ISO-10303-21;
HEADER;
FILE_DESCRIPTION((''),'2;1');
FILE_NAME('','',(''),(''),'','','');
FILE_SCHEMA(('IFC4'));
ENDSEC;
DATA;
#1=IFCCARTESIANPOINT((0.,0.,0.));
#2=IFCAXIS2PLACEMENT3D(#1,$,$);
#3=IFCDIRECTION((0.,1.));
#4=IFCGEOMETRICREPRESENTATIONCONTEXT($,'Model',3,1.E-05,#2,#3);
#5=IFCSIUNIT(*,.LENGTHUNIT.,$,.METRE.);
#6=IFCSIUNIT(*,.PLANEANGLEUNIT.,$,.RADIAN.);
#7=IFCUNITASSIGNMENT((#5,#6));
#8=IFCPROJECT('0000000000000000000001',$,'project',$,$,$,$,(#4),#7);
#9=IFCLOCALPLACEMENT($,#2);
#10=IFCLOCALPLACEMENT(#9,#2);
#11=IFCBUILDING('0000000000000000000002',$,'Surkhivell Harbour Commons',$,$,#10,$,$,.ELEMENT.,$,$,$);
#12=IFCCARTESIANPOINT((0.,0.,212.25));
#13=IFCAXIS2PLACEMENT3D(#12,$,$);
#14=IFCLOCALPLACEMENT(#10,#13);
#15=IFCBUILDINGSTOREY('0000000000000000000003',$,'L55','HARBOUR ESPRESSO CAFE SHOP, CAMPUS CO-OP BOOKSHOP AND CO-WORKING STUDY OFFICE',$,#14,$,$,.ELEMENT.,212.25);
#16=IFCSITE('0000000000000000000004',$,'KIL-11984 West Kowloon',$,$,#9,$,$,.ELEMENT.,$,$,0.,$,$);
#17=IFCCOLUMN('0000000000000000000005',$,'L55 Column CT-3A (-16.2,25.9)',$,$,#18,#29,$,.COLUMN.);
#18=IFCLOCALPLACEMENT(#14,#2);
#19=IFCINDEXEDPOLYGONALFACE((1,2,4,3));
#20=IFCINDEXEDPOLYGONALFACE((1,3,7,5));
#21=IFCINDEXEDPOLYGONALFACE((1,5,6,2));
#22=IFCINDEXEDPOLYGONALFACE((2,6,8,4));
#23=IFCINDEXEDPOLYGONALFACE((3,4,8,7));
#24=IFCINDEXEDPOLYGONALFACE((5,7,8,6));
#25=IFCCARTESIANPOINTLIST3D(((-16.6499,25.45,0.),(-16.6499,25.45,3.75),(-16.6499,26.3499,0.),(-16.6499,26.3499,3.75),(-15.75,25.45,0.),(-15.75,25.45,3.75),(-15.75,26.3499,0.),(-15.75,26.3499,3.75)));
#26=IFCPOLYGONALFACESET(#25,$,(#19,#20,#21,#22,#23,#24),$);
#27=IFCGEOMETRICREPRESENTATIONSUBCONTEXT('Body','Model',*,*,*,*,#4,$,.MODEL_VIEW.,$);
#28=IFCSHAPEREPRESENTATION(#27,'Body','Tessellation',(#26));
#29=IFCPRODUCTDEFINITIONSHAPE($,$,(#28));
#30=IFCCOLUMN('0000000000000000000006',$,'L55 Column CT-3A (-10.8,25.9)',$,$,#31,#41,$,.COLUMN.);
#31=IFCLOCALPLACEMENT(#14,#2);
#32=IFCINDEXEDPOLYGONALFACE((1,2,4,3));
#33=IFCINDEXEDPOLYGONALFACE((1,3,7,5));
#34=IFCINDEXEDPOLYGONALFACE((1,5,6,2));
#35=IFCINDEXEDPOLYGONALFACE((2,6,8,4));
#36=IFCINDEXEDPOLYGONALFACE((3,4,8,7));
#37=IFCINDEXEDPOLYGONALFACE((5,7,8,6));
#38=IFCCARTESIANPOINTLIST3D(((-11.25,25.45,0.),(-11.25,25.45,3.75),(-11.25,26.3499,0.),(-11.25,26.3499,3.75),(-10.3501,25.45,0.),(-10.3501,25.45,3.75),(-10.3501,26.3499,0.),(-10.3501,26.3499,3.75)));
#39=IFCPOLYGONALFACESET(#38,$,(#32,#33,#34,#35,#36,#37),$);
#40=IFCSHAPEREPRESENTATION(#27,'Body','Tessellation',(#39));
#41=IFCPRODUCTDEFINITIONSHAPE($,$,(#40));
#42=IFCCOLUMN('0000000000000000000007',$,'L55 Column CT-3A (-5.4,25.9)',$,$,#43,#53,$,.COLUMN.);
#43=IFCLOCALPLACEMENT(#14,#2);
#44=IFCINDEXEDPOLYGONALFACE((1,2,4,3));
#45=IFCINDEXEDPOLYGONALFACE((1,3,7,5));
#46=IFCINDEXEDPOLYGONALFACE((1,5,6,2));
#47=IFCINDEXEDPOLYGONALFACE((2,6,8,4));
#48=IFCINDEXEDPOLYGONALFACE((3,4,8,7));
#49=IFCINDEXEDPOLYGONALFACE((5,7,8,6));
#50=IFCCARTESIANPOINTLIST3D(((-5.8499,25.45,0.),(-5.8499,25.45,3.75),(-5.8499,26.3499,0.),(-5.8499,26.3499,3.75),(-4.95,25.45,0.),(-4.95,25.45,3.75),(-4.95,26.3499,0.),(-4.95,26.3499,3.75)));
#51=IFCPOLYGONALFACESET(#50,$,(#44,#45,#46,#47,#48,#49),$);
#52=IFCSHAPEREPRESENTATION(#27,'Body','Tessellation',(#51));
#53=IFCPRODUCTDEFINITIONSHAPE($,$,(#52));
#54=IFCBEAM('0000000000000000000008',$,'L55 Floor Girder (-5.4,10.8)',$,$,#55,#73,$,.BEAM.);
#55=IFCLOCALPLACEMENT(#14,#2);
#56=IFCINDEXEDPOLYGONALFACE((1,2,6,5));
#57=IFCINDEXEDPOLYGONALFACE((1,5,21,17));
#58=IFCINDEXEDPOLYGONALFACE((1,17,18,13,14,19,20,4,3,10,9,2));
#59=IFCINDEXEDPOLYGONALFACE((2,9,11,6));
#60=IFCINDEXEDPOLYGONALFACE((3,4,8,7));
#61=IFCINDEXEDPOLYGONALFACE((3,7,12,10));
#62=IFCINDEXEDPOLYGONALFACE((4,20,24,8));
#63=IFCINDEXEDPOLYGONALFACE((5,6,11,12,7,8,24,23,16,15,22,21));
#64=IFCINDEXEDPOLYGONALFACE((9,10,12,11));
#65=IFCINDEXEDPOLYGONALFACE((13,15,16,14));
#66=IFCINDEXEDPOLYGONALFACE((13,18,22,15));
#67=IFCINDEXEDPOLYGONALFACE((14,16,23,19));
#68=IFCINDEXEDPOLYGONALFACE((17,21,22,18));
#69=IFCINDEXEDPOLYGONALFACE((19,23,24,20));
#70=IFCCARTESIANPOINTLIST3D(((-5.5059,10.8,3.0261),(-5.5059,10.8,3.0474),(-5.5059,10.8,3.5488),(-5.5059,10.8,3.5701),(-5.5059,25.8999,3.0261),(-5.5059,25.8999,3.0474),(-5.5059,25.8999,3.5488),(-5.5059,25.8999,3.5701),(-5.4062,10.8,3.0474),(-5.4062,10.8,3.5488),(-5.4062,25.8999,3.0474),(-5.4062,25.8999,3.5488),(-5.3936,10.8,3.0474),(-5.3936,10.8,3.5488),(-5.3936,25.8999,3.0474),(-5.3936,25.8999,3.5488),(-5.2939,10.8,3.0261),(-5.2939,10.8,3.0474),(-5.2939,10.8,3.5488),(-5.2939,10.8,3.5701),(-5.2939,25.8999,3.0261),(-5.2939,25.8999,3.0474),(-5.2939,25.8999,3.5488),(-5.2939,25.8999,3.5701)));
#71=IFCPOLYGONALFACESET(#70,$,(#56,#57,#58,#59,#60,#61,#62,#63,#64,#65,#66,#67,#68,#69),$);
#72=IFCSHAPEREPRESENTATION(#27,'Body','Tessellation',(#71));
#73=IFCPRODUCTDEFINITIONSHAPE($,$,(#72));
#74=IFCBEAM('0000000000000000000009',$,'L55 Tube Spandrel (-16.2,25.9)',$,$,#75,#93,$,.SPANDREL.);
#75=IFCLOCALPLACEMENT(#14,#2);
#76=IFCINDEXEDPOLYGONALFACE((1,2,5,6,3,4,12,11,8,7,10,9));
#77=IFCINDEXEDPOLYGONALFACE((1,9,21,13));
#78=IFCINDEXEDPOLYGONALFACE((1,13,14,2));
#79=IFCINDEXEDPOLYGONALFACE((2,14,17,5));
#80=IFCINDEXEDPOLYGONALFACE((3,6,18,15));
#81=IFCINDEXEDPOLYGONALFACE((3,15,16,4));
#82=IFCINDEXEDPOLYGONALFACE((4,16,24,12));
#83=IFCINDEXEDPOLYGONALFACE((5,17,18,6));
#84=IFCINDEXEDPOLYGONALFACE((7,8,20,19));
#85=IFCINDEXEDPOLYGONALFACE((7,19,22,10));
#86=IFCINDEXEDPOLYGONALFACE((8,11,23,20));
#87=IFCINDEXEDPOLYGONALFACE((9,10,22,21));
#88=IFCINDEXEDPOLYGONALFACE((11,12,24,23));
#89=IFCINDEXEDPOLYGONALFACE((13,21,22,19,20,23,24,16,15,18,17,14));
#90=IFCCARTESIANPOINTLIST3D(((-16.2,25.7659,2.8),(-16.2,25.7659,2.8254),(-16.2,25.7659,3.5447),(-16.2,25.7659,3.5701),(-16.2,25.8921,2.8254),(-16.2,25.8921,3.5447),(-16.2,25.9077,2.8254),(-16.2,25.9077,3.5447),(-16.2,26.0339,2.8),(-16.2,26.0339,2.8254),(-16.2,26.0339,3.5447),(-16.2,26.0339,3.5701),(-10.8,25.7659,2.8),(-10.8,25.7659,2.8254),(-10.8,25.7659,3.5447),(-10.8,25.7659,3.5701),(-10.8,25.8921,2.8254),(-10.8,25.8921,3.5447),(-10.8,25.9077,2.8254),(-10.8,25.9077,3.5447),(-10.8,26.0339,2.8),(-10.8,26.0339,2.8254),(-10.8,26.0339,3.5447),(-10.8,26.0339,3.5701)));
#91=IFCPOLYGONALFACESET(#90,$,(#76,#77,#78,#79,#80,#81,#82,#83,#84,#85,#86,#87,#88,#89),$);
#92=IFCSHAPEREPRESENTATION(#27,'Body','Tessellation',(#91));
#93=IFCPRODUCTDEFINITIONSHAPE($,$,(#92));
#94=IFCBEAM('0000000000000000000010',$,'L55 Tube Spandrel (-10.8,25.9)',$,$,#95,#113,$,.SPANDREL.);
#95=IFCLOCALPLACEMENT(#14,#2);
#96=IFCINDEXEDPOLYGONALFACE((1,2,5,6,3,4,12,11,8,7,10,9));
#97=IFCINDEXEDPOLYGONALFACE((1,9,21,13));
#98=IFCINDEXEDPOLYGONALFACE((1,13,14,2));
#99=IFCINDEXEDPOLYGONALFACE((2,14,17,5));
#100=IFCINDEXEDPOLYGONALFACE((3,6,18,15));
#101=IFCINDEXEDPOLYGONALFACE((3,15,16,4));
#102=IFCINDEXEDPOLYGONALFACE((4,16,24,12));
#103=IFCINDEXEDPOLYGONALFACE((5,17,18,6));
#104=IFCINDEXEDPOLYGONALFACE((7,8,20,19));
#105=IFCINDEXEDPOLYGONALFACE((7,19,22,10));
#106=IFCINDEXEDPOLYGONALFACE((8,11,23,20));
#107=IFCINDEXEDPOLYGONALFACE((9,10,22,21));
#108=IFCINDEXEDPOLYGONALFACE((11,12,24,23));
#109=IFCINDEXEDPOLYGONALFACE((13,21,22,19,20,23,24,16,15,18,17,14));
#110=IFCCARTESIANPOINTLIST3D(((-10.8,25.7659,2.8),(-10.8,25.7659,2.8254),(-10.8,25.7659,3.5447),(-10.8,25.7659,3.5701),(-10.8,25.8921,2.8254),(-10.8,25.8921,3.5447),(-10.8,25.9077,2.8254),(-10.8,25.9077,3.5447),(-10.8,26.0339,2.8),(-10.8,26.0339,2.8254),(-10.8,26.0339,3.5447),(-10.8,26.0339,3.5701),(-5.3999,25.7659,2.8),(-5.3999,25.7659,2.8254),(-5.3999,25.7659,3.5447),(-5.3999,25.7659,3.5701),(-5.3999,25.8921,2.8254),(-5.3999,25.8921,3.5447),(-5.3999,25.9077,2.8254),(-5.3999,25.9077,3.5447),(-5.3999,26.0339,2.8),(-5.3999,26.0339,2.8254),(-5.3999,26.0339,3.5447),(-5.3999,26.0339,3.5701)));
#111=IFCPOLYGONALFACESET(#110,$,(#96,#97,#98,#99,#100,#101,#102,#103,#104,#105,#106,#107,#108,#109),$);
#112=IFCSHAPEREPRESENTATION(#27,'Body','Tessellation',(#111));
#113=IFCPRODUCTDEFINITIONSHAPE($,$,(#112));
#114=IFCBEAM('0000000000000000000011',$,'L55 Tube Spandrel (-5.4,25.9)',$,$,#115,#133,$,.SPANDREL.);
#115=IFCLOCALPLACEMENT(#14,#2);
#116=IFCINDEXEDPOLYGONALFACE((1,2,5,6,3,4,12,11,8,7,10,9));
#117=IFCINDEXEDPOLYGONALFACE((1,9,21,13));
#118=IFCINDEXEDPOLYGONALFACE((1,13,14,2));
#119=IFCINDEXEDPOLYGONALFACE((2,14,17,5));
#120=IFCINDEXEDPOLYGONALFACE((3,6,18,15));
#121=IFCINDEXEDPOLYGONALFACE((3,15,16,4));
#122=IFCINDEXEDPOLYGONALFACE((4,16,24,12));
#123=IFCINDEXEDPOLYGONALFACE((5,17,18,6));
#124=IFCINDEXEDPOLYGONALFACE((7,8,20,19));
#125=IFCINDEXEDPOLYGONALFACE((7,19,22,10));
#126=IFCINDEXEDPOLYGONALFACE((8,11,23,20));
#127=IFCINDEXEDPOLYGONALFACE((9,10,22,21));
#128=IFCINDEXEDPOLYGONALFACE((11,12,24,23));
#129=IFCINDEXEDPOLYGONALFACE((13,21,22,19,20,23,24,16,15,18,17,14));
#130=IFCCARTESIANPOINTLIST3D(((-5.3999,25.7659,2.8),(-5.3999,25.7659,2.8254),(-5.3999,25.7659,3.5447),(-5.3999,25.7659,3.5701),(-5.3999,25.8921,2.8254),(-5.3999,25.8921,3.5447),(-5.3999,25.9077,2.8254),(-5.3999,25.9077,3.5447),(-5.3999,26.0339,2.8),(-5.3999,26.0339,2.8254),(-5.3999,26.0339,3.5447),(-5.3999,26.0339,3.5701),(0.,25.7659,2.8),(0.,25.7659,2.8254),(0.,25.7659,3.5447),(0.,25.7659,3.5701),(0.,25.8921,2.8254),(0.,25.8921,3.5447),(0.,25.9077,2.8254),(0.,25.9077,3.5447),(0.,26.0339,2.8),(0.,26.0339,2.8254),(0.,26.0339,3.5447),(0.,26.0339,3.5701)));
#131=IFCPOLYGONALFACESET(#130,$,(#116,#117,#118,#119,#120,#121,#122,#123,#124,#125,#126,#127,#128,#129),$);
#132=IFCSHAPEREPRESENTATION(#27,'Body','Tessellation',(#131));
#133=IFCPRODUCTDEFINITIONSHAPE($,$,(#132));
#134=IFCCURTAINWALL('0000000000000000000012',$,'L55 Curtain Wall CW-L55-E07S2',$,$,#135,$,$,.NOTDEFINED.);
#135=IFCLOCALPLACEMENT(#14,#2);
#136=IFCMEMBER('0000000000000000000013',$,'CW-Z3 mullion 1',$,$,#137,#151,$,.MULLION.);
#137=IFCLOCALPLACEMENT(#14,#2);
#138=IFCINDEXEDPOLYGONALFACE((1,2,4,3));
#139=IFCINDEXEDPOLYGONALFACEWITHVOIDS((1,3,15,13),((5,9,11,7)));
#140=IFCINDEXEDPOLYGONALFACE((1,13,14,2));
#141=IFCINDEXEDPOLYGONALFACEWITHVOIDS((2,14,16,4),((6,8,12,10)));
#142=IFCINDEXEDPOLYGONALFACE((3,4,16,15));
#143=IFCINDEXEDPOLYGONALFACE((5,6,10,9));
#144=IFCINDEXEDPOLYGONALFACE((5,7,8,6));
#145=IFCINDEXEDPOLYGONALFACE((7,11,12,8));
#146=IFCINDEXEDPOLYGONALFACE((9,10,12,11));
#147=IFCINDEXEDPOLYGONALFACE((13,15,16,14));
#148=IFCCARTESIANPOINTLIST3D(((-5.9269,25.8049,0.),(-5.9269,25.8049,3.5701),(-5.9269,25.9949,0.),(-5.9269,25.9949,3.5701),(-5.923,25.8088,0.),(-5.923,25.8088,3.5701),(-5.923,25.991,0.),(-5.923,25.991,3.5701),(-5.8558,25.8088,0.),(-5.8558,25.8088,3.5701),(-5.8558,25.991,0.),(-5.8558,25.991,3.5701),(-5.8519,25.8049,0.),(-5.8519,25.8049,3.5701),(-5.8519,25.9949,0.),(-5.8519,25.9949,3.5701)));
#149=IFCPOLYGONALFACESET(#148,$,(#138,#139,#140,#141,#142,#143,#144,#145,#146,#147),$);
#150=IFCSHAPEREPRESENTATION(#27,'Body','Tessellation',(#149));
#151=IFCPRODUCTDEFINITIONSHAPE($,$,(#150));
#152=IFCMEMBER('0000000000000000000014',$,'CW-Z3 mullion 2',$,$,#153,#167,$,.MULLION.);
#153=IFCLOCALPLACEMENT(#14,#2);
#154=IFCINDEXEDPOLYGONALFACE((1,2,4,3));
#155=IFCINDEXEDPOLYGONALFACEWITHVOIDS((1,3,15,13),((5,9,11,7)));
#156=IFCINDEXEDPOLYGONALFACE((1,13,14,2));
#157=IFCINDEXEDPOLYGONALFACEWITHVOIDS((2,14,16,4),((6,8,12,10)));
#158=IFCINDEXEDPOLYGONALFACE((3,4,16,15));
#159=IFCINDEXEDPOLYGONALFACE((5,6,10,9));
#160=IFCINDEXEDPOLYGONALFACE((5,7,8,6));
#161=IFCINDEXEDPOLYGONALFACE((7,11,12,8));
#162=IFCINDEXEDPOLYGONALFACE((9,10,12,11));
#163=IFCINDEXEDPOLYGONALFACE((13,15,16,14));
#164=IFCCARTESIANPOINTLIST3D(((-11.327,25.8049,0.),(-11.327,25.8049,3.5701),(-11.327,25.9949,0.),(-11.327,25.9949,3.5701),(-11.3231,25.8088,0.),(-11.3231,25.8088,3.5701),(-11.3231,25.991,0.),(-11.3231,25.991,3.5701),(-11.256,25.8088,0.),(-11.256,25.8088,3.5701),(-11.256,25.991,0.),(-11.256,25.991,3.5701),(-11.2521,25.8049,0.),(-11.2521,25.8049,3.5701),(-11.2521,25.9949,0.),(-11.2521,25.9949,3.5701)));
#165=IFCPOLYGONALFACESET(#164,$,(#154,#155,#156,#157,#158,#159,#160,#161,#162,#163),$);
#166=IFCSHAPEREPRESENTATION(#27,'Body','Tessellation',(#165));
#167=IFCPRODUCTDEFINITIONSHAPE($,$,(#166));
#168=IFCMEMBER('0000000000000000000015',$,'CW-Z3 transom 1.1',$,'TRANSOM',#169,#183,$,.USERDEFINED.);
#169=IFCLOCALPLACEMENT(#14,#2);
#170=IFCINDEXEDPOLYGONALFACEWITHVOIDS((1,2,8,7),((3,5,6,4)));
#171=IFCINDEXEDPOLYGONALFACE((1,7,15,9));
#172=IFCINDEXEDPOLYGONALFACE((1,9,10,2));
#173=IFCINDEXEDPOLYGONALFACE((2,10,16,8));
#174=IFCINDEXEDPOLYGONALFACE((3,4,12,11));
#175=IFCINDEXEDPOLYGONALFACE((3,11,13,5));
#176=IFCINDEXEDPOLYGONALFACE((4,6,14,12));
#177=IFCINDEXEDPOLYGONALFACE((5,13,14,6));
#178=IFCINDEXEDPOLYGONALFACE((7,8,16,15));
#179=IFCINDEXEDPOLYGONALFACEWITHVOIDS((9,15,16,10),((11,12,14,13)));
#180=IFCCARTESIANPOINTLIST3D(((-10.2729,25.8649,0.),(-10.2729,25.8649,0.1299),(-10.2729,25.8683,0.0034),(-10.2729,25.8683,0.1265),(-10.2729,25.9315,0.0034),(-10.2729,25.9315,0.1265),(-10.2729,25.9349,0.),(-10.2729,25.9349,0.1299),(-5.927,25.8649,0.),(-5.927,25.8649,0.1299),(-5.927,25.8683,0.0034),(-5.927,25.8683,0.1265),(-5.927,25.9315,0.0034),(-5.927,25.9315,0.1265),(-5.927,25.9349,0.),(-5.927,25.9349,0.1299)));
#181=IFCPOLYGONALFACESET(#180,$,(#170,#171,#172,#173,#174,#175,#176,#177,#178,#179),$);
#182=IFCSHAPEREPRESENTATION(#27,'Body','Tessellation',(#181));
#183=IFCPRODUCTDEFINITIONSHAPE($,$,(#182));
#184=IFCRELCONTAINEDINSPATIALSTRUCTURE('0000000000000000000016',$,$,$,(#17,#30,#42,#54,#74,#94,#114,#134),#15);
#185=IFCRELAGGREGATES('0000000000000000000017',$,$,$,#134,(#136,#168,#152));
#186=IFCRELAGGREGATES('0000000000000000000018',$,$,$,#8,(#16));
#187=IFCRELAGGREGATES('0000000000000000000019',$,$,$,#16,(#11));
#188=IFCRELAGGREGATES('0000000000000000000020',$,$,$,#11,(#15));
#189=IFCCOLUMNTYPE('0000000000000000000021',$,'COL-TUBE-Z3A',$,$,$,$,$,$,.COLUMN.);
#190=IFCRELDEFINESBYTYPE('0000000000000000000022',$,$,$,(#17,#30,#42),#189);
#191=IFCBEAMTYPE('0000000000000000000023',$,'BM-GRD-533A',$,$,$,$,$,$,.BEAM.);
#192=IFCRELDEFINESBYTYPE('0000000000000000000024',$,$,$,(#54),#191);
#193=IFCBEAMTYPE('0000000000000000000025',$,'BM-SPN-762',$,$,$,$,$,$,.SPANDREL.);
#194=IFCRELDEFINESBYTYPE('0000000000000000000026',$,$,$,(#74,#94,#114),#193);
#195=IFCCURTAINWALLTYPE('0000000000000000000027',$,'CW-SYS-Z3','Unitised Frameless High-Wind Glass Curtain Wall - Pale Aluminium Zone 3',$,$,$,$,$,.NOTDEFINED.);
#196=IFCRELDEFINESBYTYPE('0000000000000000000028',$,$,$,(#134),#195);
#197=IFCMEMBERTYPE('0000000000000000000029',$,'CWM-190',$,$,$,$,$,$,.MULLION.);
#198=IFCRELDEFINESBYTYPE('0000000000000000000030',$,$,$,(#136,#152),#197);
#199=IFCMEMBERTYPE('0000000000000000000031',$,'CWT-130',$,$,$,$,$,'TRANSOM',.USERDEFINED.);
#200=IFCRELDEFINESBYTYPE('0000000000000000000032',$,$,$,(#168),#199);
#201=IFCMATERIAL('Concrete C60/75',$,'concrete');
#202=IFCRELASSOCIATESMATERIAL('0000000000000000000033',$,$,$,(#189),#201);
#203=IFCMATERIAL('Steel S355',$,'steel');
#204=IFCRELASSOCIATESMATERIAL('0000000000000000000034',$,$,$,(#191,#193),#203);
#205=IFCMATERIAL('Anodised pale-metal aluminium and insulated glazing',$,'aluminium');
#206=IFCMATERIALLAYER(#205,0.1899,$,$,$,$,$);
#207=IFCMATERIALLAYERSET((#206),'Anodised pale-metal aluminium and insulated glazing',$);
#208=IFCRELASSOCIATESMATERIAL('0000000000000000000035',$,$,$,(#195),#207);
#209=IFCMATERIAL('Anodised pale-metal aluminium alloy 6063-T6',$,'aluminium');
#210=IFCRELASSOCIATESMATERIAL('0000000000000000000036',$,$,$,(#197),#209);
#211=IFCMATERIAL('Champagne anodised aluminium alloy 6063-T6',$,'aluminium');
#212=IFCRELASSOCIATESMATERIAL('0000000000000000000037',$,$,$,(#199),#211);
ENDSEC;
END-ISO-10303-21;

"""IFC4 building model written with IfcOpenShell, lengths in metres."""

from ifc_helpers import new_model, si_unit, direction, frame, origin, origin_2d, place, context, subcontext, project, spatial, rectangle, hollow_rectangle, i_section, extrude, material, layer, layer_set, material_profile, profile_set, type_object, element, aggregate, save


model = new_model("IFC4")

# Units and contexts
model_context = context("Model", 3, precision=1e-05, world=origin(), true_north=direction((0.0, 1.0)))
body_context = subcontext(model_context, "Body", "Model", "MODEL_VIEW")
ifc_project = project(units=[si_unit("LENGTHUNIT", "METRE"), si_unit("PLANEANGLEUNIT", "RADIAN")], contexts=[model_context])

# Site, building, storey
site_placement = place(None, origin())
site = spatial("IfcSite", under=ifc_project, at=site_placement, Name="KIL-11984 West Kowloon", CompositionType="ELEMENT", RefElevation=0.0)
building_placement = place(site_placement, origin())
building = spatial("IfcBuilding", under=site, at=building_placement, Name="Surkhivell Harbour Commons", CompositionType="ELEMENT")
storey_placement = place(building_placement, frame((0.0, 0.0, 212.25)))
storey = spatial("IfcBuildingStorey", under=building, at=storey_placement, Name="L55", Description="HARBOUR ESPRESSO CAFE SHOP, CAMPUS CO-OP BOOKSHOP AND CO-WORKING STUDY OFFICE", CompositionType="ELEMENT", Elevation=212.25)

# Columns
ifc_material_1 = material(Name="Concrete C60/75", Category="concrete")
ifc_material_profile_1 = material_profile(ifc_material_1, rectangle(XDim=0.8999, YDim=0.8999, at=origin_2d()), Name="RC-COL-900x900")
ifc_profile_set_1 = profile_set([ifc_material_profile_1], Name="Concrete C60/75")
column_type = type_object("IfcColumnType", Name="COL-TUBE-Z3A", PredefinedType="COLUMN", material=ifc_profile_set_1)
for number, where, z_axis, x_axis, name in (
    (1, (-16.2, 25.8999, 0.0), (0.0, 0.0, 1.0), (1.0, 0.0, 0.0), "L55 Column CT-3A (-16.2,25.9)"),
    (2, (-10.8, 25.8999, 0.0), (0.0, 0.0, 1.0), (1.0, 0.0, 0.0), "L55 Column CT-3A (-10.8,25.9)"),
    (3, (-5.3999, 25.8999, 0.0), (0.0, 0.0, 1.0), (1.0, 0.0, 0.0), "L55 Column CT-3A (-5.4,25.9)"),
):
    element("IfcColumn", number, at=place(storey_placement, frame(where, z_axis=z_axis, x_axis=x_axis)), inside=storey, type_object=column_type, Name=name, PredefinedType="COLUMN", context=body_context, shape_type="SweptSolid", body=[
        extrude(rectangle(XDim=0.8999, YDim=0.8999, at=origin_2d()), origin(), (0.0, 0.0, 1.0), 3.75),
    ])

# Beams
ifc_material_2 = material(Name="Steel S355", Category="steel")
ifc_material_profile_2 = material_profile(ifc_material_2, i_section(OverallWidth=0.2119, OverallDepth=0.5439, WebThickness=0.0127, FlangeThickness=0.0212, at=origin_2d()), Name="UB533x210x122")
ifc_profile_set_2 = profile_set([ifc_material_profile_2], Name="Steel S355")
beam_type_1 = type_object("IfcBeamType", Name="BM-GRD-533A", PredefinedType="BEAM", material=ifc_profile_set_2)
beam_1_placement = place(storey_placement, frame((-5.3999, 10.8, 3.2981), z_axis=(0.0, 1.0, 0.0), x_axis=(-1.0, 0.0, 0.0)))
element("IfcBeam", 4, at=beam_1_placement, inside=storey, type_object=beam_type_1, Name="L55 Floor Girder (-5.4,10.8)", PredefinedType="BEAM", context=body_context, shape_type="SweptSolid", body=[
    extrude(i_section(OverallWidth=0.2119, OverallDepth=0.5439, WebThickness=0.0127, FlangeThickness=0.0212, at=origin_2d()), origin(), (0.0, 0.0, 1.0), 15.0999),
])
ifc_material_profile_3 = material_profile(ifc_material_2, i_section(OverallWidth=0.2681, OverallDepth=0.77, WebThickness=0.0156, FlangeThickness=0.0254, at=origin_2d()), Name="UB762x267x197")
ifc_profile_set_3 = profile_set([ifc_material_profile_3], Name="Steel S355")
beam_type_2 = type_object("IfcBeamType", Name="BM-SPN-762", PredefinedType="SPANDREL", material=ifc_profile_set_3)
beam_2_placement = place(storey_placement, frame((-16.2, 25.8999, 3.1851), z_axis=(1.0, 0.0, 0.0), x_axis=(0.0, 1.0, 0.0)))
element("IfcBeam", 5, at=beam_2_placement, inside=storey, type_object=beam_type_2, Name="L55 Tube Spandrel (-16.2,25.9)", PredefinedType="SPANDREL", context=body_context, shape_type="SweptSolid", body=[
    extrude(i_section(OverallWidth=0.2681, OverallDepth=0.77, WebThickness=0.0156, FlangeThickness=0.0254, at=origin_2d()), origin(), (0.0, 0.0, 1.0), 5.3999),
])
beam_3_placement = place(storey_placement, frame((-10.8, 25.8999, 3.1851), z_axis=(1.0, 0.0, 0.0), x_axis=(0.0, 1.0, 0.0)))
element("IfcBeam", 6, at=beam_3_placement, inside=storey, type_object=beam_type_2, Name="L55 Tube Spandrel (-10.8,25.9)", PredefinedType="SPANDREL", context=body_context, shape_type="SweptSolid", body=[
    extrude(i_section(OverallWidth=0.2681, OverallDepth=0.77, WebThickness=0.0156, FlangeThickness=0.0254, at=origin_2d()), origin(), (0.0, 0.0, 1.0), 5.4001),
])
beam_4_placement = place(storey_placement, frame((-5.3999, 25.8999, 3.1851), z_axis=(1.0, 0.0, 0.0), x_axis=(0.0, 1.0, 0.0)))
element("IfcBeam", 7, at=beam_4_placement, inside=storey, type_object=beam_type_2, Name="L55 Tube Spandrel (-5.4,25.9)", PredefinedType="SPANDREL", context=body_context, shape_type="SweptSolid", body=[
    extrude(i_section(OverallWidth=0.2681, OverallDepth=0.77, WebThickness=0.0156, FlangeThickness=0.0254, at=origin_2d()), origin(), (0.0, 0.0, 1.0), 5.3999),
])

# Curtain wall, members
ifc_material_3 = material(Name="Anodised pale-metal aluminium and insulated glazing", Category="aluminium")
ifc_layer_1 = layer(ifc_material_3, 0.1899)
ifc_layer_set_1 = layer_set([ifc_layer_1], Name="Anodised pale-metal aluminium and insulated glazing")
curtain_wall_type = type_object("IfcCurtainWallType", Name="CW-SYS-Z3", Description="Unitised Frameless High-Wind Glass Curtain Wall - Pale Aluminium Zone 3", PredefinedType="NOTDEFINED", material=ifc_layer_set_1)
curtain_wall_placement = place(storey_placement, origin())
curtain_wall = element("IfcCurtainWall", 8, at=curtain_wall_placement, inside=storey, type_object=curtain_wall_type, Name="L55 Curtain Wall CW-L55-E07S2", PredefinedType="NOTDEFINED")
ifc_material_4 = material(Name="Anodised pale-metal aluminium alloy 6063-T6", Category="aluminium")
ifc_material_profile_4 = material_profile(ifc_material_4, hollow_rectangle(XDim=0.075, YDim=0.1899, WallThickness=0.0039, at=origin_2d()), Name="ALU-MULL-75x190")
ifc_profile_set_4 = profile_set([ifc_material_profile_4], Name="Anodised pale-metal aluminium alloy 6063-T6")
member_type_1 = type_object("IfcMemberType", Name="CWM-190", PredefinedType="MULLION", material=ifc_profile_set_4)
member_1_placement = place(storey_placement, frame((-5.8894, 25.8999, 0.0), z_axis=(0.0, 0.0, 1.0), x_axis=(-1.0, 0.0, 0.0)))
member_1 = element("IfcMember", 9, at=member_1_placement, type_object=member_type_1, Name="CW-Z3 mullion 1", PredefinedType="MULLION", context=body_context, shape_type="SweptSolid", body=[
    extrude(hollow_rectangle(XDim=0.075, YDim=0.1899, WallThickness=0.0039, at=origin_2d()), origin(), (0.0, 0.0, 1.0), 3.5701),
])
member_2_placement = place(storey_placement, frame((-11.2896, 25.8999, 0.0), z_axis=(0.0, 0.0, 1.0), x_axis=(-1.0, 0.0, 0.0)))
member_2 = element("IfcMember", 10, at=member_2_placement, type_object=member_type_1, Name="CW-Z3 mullion 2", PredefinedType="MULLION", context=body_context, shape_type="SweptSolid", body=[
    extrude(hollow_rectangle(XDim=0.075, YDim=0.1899, WallThickness=0.0039, at=origin_2d()), origin(), (0.0, 0.0, 1.0), 3.5701),
])
ifc_material_5 = material(Name="Champagne anodised aluminium alloy 6063-T6", Category="aluminium")
ifc_material_profile_5 = material_profile(ifc_material_5, hollow_rectangle(XDim=0.0701, YDim=0.1299, WallThickness=0.0034, at=origin_2d()), Name="ALU-TRAN-70x130")
ifc_profile_set_5 = profile_set([ifc_material_profile_5], Name="Champagne anodised aluminium alloy 6063-T6")
member_type_2 = type_object("IfcMemberType", Name="CWT-130", ElementType="TRANSOM", PredefinedType="USERDEFINED", material=ifc_profile_set_5)
member_3_placement = place(storey_placement, frame((-5.927, 25.8999, 0.0649), z_axis=(-1.0, 0.0, 0.0), x_axis=(0.0, -1.0, 0.0)))
member_3 = element("IfcMember", 11, at=member_3_placement, type_object=member_type_2, Name="CW-Z3 transom 1.1", ObjectType="TRANSOM", PredefinedType="USERDEFINED", context=body_context, shape_type="SweptSolid", body=[
    extrude(hollow_rectangle(XDim=0.0701, YDim=0.1299, WallThickness=0.0034, at=origin_2d()), origin(), (0.0, 0.0, 1.0), 4.3459),
])

aggregate(curtain_wall, [member_1, member_3, member_2])

save(model, "model.ifc")
